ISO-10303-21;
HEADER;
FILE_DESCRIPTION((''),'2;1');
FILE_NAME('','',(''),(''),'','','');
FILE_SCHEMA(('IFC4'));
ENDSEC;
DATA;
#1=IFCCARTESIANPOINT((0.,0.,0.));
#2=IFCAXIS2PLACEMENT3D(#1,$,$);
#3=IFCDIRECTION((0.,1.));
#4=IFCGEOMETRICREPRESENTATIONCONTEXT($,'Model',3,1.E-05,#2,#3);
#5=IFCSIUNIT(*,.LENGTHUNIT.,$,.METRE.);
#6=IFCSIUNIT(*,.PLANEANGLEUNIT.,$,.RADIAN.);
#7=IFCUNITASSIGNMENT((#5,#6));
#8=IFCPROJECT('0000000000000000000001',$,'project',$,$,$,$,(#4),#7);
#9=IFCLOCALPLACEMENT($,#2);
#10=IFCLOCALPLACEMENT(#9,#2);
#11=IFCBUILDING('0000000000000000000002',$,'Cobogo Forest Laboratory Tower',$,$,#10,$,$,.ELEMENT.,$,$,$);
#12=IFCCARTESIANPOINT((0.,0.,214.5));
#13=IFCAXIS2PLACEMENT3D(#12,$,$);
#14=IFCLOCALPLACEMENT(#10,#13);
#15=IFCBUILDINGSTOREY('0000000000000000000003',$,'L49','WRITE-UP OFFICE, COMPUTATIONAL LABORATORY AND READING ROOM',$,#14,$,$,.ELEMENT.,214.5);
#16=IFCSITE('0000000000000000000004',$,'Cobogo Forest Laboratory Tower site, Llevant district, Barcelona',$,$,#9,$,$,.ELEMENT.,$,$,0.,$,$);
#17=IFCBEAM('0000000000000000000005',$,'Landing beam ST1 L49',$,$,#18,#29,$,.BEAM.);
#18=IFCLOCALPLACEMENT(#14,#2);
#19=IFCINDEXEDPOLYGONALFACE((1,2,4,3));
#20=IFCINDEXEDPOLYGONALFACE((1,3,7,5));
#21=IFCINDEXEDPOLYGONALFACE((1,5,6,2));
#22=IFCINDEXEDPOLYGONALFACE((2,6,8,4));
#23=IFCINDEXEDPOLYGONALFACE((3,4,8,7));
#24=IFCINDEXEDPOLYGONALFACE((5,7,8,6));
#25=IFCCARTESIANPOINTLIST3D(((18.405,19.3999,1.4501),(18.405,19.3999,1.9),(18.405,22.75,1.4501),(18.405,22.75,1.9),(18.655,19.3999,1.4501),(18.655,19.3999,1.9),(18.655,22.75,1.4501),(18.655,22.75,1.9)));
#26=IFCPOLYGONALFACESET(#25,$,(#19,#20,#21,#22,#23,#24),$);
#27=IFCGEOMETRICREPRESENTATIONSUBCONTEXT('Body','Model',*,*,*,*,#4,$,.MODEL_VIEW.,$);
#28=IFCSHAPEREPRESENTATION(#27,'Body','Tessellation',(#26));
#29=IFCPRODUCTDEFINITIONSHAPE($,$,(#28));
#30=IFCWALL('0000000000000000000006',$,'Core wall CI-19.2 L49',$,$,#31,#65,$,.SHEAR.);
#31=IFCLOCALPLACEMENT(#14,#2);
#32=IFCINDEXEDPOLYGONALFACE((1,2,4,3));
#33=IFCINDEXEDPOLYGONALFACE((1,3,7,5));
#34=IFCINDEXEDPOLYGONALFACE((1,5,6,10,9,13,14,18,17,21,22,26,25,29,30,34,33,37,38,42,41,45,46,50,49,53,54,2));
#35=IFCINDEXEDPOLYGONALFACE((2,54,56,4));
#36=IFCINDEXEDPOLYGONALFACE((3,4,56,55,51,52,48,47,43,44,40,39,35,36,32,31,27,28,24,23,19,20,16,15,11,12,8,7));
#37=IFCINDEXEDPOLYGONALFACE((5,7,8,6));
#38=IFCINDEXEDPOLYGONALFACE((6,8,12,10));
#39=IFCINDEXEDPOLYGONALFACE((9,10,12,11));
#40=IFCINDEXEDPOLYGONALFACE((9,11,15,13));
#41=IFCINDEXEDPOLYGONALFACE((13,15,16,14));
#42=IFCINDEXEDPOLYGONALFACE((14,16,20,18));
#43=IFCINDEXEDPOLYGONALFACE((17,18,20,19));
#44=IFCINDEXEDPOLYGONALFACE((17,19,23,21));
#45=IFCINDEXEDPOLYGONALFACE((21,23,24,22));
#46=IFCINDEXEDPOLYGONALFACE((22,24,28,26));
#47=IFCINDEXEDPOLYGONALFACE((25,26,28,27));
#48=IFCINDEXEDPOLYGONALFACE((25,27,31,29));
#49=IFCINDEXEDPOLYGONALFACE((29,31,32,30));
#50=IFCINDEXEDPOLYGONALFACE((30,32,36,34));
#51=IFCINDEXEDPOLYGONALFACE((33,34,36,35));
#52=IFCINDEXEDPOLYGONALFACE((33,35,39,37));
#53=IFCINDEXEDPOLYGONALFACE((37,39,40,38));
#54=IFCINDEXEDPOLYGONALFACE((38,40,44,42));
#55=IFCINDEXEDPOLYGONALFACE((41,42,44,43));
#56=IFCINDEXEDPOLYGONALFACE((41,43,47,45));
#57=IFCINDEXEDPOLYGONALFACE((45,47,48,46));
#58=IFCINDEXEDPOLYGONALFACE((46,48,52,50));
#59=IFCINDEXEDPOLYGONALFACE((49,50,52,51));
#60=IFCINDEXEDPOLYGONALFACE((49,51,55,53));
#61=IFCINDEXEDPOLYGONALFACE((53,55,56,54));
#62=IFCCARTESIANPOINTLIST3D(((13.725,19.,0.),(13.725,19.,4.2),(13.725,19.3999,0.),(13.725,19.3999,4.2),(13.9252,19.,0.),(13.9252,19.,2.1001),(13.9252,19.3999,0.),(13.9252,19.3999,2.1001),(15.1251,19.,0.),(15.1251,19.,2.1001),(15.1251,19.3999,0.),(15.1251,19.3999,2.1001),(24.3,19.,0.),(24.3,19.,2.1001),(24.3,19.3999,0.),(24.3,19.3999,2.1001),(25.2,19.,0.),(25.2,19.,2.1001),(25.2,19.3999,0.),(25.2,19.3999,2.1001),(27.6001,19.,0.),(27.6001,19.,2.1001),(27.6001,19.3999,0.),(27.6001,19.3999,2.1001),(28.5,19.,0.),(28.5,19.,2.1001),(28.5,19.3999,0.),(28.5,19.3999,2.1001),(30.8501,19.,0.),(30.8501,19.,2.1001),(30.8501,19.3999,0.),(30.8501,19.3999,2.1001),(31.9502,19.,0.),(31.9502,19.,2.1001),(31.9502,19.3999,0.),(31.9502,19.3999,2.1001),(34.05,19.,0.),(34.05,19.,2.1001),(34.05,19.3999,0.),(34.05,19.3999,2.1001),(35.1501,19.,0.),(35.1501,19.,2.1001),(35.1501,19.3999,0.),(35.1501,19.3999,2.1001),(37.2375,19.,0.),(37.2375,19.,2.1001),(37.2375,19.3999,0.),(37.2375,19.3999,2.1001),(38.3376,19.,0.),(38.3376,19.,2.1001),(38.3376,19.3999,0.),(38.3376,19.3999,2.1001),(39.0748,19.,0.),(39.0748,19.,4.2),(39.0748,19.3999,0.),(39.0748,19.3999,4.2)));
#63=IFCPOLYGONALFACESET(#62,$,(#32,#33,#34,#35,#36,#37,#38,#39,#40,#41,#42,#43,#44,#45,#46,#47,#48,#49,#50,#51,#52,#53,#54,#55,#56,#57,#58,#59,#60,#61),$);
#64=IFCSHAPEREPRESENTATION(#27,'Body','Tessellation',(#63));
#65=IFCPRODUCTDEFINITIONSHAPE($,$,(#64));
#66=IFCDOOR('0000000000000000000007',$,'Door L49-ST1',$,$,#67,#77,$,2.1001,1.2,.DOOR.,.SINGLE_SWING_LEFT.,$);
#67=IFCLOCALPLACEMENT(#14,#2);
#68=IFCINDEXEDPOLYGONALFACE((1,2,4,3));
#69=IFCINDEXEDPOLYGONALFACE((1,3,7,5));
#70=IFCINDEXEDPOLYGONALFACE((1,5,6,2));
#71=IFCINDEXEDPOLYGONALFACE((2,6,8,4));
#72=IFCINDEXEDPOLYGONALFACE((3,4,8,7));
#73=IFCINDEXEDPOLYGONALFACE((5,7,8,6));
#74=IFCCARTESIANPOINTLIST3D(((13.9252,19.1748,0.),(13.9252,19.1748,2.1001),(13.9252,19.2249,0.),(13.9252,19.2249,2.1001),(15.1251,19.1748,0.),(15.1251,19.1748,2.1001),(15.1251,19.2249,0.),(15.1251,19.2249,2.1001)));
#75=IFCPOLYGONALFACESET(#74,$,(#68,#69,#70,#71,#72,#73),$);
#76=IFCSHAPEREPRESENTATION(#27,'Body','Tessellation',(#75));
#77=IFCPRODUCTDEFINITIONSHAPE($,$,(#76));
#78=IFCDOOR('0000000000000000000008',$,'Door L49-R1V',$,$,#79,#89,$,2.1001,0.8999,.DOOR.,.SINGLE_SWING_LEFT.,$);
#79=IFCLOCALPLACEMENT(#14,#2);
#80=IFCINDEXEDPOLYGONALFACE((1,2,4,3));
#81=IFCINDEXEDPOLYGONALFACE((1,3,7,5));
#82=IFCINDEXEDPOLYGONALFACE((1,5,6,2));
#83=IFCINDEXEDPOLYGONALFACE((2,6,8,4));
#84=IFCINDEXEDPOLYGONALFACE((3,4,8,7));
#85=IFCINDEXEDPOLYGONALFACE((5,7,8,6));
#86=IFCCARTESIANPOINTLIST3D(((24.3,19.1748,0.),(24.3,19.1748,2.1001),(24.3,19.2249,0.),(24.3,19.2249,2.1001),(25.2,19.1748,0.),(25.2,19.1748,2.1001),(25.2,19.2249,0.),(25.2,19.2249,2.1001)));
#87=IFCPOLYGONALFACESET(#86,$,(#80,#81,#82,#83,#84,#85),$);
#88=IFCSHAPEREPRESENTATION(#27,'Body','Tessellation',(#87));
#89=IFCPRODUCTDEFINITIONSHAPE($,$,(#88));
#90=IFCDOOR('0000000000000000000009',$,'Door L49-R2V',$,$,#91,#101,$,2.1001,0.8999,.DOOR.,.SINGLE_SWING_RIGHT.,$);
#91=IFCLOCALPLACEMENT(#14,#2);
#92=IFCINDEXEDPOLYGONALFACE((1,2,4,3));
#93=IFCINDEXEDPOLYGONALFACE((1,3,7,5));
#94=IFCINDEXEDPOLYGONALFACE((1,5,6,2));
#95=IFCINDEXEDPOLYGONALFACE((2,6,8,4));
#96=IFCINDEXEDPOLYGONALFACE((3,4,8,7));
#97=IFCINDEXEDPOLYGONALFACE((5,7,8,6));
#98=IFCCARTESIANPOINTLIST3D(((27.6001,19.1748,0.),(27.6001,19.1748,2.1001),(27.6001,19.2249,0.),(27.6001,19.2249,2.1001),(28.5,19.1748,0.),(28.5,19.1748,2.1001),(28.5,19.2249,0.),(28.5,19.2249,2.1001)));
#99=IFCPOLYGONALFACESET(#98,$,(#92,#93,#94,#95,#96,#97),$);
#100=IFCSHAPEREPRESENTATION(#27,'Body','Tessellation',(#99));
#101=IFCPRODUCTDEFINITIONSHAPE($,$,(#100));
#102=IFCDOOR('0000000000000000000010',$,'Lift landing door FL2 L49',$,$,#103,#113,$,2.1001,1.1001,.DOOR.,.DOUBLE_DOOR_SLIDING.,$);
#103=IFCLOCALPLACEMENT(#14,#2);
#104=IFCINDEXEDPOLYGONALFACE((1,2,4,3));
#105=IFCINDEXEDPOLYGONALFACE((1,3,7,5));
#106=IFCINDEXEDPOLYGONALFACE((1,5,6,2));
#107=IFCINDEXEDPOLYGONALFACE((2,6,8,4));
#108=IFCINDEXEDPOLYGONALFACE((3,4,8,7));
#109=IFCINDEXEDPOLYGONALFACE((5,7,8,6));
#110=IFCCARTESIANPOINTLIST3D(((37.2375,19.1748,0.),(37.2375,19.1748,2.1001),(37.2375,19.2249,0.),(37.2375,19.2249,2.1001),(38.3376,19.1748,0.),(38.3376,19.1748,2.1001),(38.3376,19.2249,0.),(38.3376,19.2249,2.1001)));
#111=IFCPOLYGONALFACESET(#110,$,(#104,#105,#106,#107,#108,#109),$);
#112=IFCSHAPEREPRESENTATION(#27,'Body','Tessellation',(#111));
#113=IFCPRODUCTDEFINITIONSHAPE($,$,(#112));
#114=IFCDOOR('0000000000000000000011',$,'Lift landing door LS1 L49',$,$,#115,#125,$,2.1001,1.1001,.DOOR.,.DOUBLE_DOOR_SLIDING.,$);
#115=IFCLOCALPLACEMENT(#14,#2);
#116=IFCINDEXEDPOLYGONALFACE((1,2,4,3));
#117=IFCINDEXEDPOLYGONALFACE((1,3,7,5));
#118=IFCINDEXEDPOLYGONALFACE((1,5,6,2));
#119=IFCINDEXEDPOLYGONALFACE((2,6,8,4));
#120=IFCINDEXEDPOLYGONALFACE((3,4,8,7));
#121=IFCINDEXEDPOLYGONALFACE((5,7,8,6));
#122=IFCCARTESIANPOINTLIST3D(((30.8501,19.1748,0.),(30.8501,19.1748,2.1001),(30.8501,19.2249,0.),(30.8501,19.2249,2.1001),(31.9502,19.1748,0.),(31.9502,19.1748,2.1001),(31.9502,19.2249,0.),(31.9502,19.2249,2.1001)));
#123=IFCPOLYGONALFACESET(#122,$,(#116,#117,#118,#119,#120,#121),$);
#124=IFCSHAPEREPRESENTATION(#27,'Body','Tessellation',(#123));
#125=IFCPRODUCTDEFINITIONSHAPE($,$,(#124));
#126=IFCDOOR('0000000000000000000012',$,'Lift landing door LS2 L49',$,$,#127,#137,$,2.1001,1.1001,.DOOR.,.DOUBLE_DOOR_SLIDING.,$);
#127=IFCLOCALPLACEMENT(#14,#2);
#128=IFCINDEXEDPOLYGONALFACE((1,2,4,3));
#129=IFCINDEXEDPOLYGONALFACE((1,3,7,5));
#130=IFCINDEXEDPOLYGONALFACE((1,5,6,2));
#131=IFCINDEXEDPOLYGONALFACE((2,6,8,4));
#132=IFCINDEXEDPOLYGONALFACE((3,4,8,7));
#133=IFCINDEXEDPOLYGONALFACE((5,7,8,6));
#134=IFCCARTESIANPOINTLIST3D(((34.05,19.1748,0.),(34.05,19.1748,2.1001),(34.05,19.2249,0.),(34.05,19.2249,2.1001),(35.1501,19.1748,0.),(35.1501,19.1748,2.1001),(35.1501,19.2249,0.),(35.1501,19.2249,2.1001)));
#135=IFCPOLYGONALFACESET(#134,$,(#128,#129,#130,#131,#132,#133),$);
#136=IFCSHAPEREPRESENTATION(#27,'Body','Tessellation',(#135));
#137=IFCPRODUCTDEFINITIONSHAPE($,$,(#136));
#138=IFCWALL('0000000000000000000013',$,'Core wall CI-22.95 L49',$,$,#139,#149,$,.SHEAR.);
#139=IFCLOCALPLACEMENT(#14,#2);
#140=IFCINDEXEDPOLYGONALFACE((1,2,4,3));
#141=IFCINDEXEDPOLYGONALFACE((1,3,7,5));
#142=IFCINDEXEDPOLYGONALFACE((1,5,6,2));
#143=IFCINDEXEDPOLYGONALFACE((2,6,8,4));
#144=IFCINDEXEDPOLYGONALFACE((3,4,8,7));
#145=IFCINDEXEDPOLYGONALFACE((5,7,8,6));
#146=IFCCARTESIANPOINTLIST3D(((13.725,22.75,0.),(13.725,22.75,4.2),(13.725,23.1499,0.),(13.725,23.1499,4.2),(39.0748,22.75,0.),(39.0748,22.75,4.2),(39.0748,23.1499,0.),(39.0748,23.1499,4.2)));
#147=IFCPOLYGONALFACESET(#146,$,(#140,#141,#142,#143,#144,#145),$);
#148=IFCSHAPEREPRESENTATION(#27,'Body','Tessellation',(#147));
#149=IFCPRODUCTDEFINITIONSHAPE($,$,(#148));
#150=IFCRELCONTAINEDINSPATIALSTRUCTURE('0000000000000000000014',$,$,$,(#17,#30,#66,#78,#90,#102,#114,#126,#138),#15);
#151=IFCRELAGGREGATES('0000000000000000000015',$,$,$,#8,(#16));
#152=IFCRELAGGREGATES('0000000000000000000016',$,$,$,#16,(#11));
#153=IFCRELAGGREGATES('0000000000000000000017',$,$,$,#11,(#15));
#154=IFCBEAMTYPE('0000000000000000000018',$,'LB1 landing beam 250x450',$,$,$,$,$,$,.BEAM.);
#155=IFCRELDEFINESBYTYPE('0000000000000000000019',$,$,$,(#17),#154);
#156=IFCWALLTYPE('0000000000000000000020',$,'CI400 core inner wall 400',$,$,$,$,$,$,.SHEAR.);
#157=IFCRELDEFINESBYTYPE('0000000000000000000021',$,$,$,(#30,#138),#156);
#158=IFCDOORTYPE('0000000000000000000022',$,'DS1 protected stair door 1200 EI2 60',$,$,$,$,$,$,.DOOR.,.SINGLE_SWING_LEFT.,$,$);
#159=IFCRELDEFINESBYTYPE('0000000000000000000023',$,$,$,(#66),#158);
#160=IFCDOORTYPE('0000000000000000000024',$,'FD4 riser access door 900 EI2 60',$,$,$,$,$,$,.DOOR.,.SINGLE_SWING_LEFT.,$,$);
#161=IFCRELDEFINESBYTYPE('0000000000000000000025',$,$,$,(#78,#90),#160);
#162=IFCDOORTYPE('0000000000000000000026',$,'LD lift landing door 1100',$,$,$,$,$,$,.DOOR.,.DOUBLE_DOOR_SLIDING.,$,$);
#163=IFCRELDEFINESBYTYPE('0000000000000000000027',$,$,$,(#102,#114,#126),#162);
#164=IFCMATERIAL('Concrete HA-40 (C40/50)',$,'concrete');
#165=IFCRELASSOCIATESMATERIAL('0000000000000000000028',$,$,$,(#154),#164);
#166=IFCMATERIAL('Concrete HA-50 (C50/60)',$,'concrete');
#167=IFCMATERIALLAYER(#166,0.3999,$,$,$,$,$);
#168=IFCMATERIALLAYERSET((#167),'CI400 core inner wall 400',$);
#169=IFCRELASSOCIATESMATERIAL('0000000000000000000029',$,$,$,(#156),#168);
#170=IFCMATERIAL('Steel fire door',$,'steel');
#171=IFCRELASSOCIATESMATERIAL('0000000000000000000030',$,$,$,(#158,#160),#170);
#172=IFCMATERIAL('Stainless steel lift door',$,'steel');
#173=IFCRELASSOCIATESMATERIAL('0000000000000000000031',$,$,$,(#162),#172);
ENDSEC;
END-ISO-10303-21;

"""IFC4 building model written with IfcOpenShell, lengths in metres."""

from ifc_helpers import new_model, si_unit, direction, frame, frame_2d, origin, origin_2d, place, context, subcontext, project, spatial, rectangle, extrude, material, layer, layer_set, material_profile, profile_set, type_object, element, fill, save


model = new_model("IFC4")

# Units and contexts
model_context = context("Model", 3, precision=1e-05, world=origin(), true_north=direction((0.0, 1.0)))
body_context = subcontext(model_context, "Body", "Model", "MODEL_VIEW")
ifc_project = project(units=[si_unit("LENGTHUNIT", "METRE"), si_unit("PLANEANGLEUNIT", "RADIAN")], contexts=[model_context])

# Site, building, storey
site_placement = place(None, origin())
site = spatial("IfcSite", under=ifc_project, at=site_placement, Name="Cobogo Forest Laboratory Tower site, Llevant district, Barcelona", CompositionType="ELEMENT", RefElevation=0.0)
building_placement = place(site_placement, origin())
building = spatial("IfcBuilding", under=site, at=building_placement, Name="Cobogo Forest Laboratory Tower", CompositionType="ELEMENT")
storey_placement = place(building_placement, frame((0.0, 0.0, 214.5)))
storey = spatial("IfcBuildingStorey", under=building, at=storey_placement, Name="L49", Description="WRITE-UP OFFICE, COMPUTATIONAL LABORATORY AND READING ROOM", CompositionType="ELEMENT", Elevation=214.5)

# Beam
ifc_material_1 = material(Name="Concrete HA-40 (C40/50)", Category="concrete")
ifc_material_profile = material_profile(ifc_material_1, rectangle(XDim=0.25, YDim=0.45, at=origin_2d()), Name="RC 250x450")
ifc_profile_set = profile_set([ifc_material_profile], Name="Concrete HA-40 (C40/50)")
beam_type = type_object("IfcBeamType", Name="LB1 landing beam 250x450", PredefinedType="BEAM", material=ifc_profile_set)
beam_placement = place(storey_placement, frame((18.53, 19.3999, 1.675), z_axis=(0.0, 1.0, 0.0), x_axis=(-1.0, 0.0, 0.0)))
element("IfcBeam", 1, at=beam_placement, inside=storey, type_object=beam_type, Name="Landing beam ST1 L49", PredefinedType="BEAM", context=body_context, shape_type="SweptSolid", body=[
    extrude(rectangle(XDim=0.25, YDim=0.45, at=origin_2d()), origin(), (0.0, 0.0, 1.0), 3.3501),
])

# Wall, openings, doors
ifc_material_2 = material(Name="Concrete HA-50 (C50/60)", Category="concrete")
ifc_layer = layer(ifc_material_2, 0.3999)
ifc_layer_set = layer_set([ifc_layer], Name="CI400 core inner wall 400")
wall_type = type_object("IfcWallType", Name="CI400 core inner wall 400", PredefinedType="SHEAR", material=ifc_layer_set)
wall_1_placement = place(storey_placement, frame((13.7251, 19.2, 0.0), z_axis=(0.0, 0.0, 1.0), x_axis=(1.0, 0.0, 0.0)))
wall_1 = element("IfcWall", 2, at=wall_1_placement, inside=storey, type_object=wall_type, Name="Core wall CI-19.2 L49", PredefinedType="SHEAR", context=body_context, shape_type="SweptSolid", body=[
    extrude(rectangle(XDim=25.3499, YDim=0.3999, at=frame_2d((12.6748, 0.0))), origin(), (0.0, 0.0, 1.0), 4.2),
])
opening_1_placement = place(wall_1_placement, frame((10.575, 0.0, 0.0)))
opening_1 = element("IfcOpeningElement", 3, at=opening_1_placement, cuts=wall_1, PredefinedType="OPENING", context=body_context, shape_type="SweptSolid", body=[
    extrude(rectangle(XDim=0.8999, YDim=2.1001, at=frame_2d((0.45, 1.05))), frame((0.0, 0.21, 0.0), z_axis=(0.0, -1.0, 0.0), x_axis=(1.0, 0.0, 0.0)), (0.0, 0.0, 1.0), 0.4199),
])
opening_2_placement = place(wall_1_placement, frame((13.875, 0.0, 0.0)))
opening_2 = element("IfcOpeningElement", 4, at=opening_2_placement, cuts=wall_1, PredefinedType="OPENING", context=body_context, shape_type="SweptSolid", body=[
    extrude(rectangle(XDim=0.8999, YDim=2.1001, at=frame_2d((0.45, 1.05))), frame((0.0, 0.21, 0.0), z_axis=(0.0, -1.0, 0.0), x_axis=(1.0, 0.0, 0.0)), (0.0, 0.0, 1.0), 0.4199),
])
opening_3_placement = place(wall_1_placement, frame((0.2, 0.0, 0.0)))
opening_3 = element("IfcOpeningElement", 5, at=opening_3_placement, cuts=wall_1, PredefinedType="OPENING", context=body_context, shape_type="SweptSolid", body=[
    extrude(rectangle(XDim=1.2, YDim=2.1001, at=frame_2d((0.6001, 1.05))), frame((0.0, 0.21, 0.0), z_axis=(0.0, -1.0, 0.0), x_axis=(1.0, 0.0, 0.0)), (0.0, 0.0, 1.0), 0.4199),
])
opening_4_placement = place(wall_1_placement, frame((23.5125, 0.0, 0.0)))
opening_4 = element("IfcOpeningElement", 6, at=opening_4_placement, cuts=wall_1, PredefinedType="OPENING", context=body_context, shape_type="SweptSolid", body=[
    extrude(rectangle(XDim=1.1001, YDim=2.1001, at=frame_2d((0.55, 1.05))), frame((0.0, 0.21, 0.0), z_axis=(0.0, -1.0, 0.0), x_axis=(1.0, 0.0, 0.0)), (0.0, 0.0, 1.0), 0.4199),
])
opening_5_placement = place(wall_1_placement, frame((17.125, 0.0, 0.0)))
opening_5 = element("IfcOpeningElement", 7, at=opening_5_placement, cuts=wall_1, PredefinedType="OPENING", context=body_context, shape_type="SweptSolid", body=[
    extrude(rectangle(XDim=1.1001, YDim=2.1001, at=frame_2d((0.55, 1.05))), frame((0.0, 0.21, 0.0), z_axis=(0.0, -1.0, 0.0), x_axis=(1.0, 0.0, 0.0)), (0.0, 0.0, 1.0), 0.4199),
])
opening_6_placement = place(wall_1_placement, frame((20.325, 0.0, 0.0)))
opening_6 = element("IfcOpeningElement", 8, at=opening_6_placement, cuts=wall_1, PredefinedType="OPENING", context=body_context, shape_type="SweptSolid", body=[
    extrude(rectangle(XDim=1.1001, YDim=2.1001, at=frame_2d((0.55, 1.05))), frame((0.0, 0.21, 0.0), z_axis=(0.0, -1.0, 0.0), x_axis=(1.0, 0.0, 0.0)), (0.0, 0.0, 1.0), 0.4199),
])
ifc_material_3 = material(Name="Steel fire door", Category="steel")
door_type_1 = type_object("IfcDoorType", Name="DS1 protected stair door 1200 EI2 60", OperationType="SINGLE_SWING_LEFT", PredefinedType="DOOR", material=ifc_material_3)
door_1_placement = place(opening_3_placement, origin())
door_1 = element("IfcDoor", 9, at=door_1_placement, inside=storey, type_object=door_type_1, Name="Door L49-ST1", OperationType="SINGLE_SWING_LEFT", OverallHeight=2.1001, OverallWidth=1.2, PredefinedType="DOOR", context=body_context, shape_type="SweptSolid", body=[
    extrude(rectangle(XDim=1.2, YDim=2.1001, at=frame_2d((0.6001, 1.05))), frame((0.0, 0.0249, 0.0), z_axis=(0.0, -1.0, 0.0), x_axis=(1.0, 0.0, 0.0)), (0.0, 0.0, 1.0), 0.05),
])
fill(opening_3, door_1)
door_type_2 = type_object("IfcDoorType", Name="FD4 riser access door 900 EI2 60", OperationType="SINGLE_SWING_LEFT", PredefinedType="DOOR", material=ifc_material_3)
door_2_placement = place(opening_1_placement, origin())
door_2 = element("IfcDoor", 10, at=door_2_placement, inside=storey, type_object=door_type_2, Name="Door L49-R1V", OperationType="SINGLE_SWING_LEFT", OverallHeight=2.1001, OverallWidth=0.8999, PredefinedType="DOOR", context=body_context, shape_type="SweptSolid", body=[
    extrude(rectangle(XDim=0.8999, YDim=2.1001, at=frame_2d((0.45, 1.05))), frame((0.0, 0.0249, 0.0), z_axis=(0.0, -1.0, 0.0), x_axis=(1.0, 0.0, 0.0)), (0.0, 0.0, 1.0), 0.05),
])
fill(opening_1, door_2)
door_3_placement = place(opening_2_placement, origin())
door_3 = element("IfcDoor", 11, at=door_3_placement, inside=storey, type_object=door_type_2, Name="Door L49-R2V", OperationType="SINGLE_SWING_RIGHT", OverallHeight=2.1001, OverallWidth=0.8999, PredefinedType="DOOR", context=body_context, shape_type="SweptSolid", body=[
    extrude(rectangle(XDim=0.8999, YDim=2.1001, at=frame_2d((0.45, 1.05))), frame((0.0, 0.0249, 0.0), z_axis=(0.0, -1.0, 0.0), x_axis=(1.0, 0.0, 0.0)), (0.0, 0.0, 1.0), 0.05),
])
fill(opening_2, door_3)
ifc_material_4 = material(Name="Stainless steel lift door", Category="steel")
door_type_3 = type_object("IfcDoorType", Name="LD lift landing door 1100", OperationType="DOUBLE_DOOR_SLIDING", PredefinedType="DOOR", material=ifc_material_4)
door_4_placement = place(opening_4_placement, origin())
door_4 = element("IfcDoor", 12, at=door_4_placement, inside=storey, type_object=door_type_3, Name="Lift landing door FL2 L49", OperationType="DOUBLE_DOOR_SLIDING", OverallHeight=2.1001, OverallWidth=1.1001, PredefinedType="DOOR", context=body_context, shape_type="SweptSolid", body=[
    extrude(rectangle(XDim=1.1001, YDim=2.1001, at=frame_2d((0.55, 1.05))), frame((0.0, 0.0249, 0.0), z_axis=(0.0, -1.0, 0.0), x_axis=(1.0, 0.0, 0.0)), (0.0, 0.0, 1.0), 0.05),
])
fill(opening_4, door_4)
door_5_placement = place(opening_5_placement, origin())
door_5 = element("IfcDoor", 13, at=door_5_placement, inside=storey, type_object=door_type_3, Name="Lift landing door LS1 L49", OperationType="DOUBLE_DOOR_SLIDING", OverallHeight=2.1001, OverallWidth=1.1001, PredefinedType="DOOR", context=body_context, shape_type="SweptSolid", body=[
    extrude(rectangle(XDim=1.1001, YDim=2.1001, at=frame_2d((0.55, 1.05))), frame((0.0, 0.0249, 0.0), z_axis=(0.0, -1.0, 0.0), x_axis=(1.0, 0.0, 0.0)), (0.0, 0.0, 1.0), 0.05),
])
fill(opening_5, door_5)
door_6_placement = place(opening_6_placement, origin())
door_6 = element("IfcDoor", 14, at=door_6_placement, inside=storey, type_object=door_type_3, Name="Lift landing door LS2 L49", OperationType="DOUBLE_DOOR_SLIDING", OverallHeight=2.1001, OverallWidth=1.1001, PredefinedType="DOOR", context=body_context, shape_type="SweptSolid", body=[
    extrude(rectangle(XDim=1.1001, YDim=2.1001, at=frame_2d((0.55, 1.05))), frame((0.0, 0.0249, 0.0), z_axis=(0.0, -1.0, 0.0), x_axis=(1.0, 0.0, 0.0)), (0.0, 0.0, 1.0), 0.05),
])
fill(opening_6, door_6)

# Wall
wall_2_placement = place(storey_placement, frame((13.7251, 22.95, 0.0), z_axis=(0.0, 0.0, 1.0), x_axis=(1.0, 0.0, 0.0)))
element("IfcWall", 15, at=wall_2_placement, inside=storey, type_object=wall_type, Name="Core wall CI-22.95 L49", PredefinedType="SHEAR", context=body_context, shape_type="SweptSolid", body=[
    extrude(rectangle(XDim=25.3499, YDim=0.3999, at=frame_2d((12.6748, 0.0))), origin(), (0.0, 0.0, 1.0), 4.2),
])

save(model, "model.ifc")
